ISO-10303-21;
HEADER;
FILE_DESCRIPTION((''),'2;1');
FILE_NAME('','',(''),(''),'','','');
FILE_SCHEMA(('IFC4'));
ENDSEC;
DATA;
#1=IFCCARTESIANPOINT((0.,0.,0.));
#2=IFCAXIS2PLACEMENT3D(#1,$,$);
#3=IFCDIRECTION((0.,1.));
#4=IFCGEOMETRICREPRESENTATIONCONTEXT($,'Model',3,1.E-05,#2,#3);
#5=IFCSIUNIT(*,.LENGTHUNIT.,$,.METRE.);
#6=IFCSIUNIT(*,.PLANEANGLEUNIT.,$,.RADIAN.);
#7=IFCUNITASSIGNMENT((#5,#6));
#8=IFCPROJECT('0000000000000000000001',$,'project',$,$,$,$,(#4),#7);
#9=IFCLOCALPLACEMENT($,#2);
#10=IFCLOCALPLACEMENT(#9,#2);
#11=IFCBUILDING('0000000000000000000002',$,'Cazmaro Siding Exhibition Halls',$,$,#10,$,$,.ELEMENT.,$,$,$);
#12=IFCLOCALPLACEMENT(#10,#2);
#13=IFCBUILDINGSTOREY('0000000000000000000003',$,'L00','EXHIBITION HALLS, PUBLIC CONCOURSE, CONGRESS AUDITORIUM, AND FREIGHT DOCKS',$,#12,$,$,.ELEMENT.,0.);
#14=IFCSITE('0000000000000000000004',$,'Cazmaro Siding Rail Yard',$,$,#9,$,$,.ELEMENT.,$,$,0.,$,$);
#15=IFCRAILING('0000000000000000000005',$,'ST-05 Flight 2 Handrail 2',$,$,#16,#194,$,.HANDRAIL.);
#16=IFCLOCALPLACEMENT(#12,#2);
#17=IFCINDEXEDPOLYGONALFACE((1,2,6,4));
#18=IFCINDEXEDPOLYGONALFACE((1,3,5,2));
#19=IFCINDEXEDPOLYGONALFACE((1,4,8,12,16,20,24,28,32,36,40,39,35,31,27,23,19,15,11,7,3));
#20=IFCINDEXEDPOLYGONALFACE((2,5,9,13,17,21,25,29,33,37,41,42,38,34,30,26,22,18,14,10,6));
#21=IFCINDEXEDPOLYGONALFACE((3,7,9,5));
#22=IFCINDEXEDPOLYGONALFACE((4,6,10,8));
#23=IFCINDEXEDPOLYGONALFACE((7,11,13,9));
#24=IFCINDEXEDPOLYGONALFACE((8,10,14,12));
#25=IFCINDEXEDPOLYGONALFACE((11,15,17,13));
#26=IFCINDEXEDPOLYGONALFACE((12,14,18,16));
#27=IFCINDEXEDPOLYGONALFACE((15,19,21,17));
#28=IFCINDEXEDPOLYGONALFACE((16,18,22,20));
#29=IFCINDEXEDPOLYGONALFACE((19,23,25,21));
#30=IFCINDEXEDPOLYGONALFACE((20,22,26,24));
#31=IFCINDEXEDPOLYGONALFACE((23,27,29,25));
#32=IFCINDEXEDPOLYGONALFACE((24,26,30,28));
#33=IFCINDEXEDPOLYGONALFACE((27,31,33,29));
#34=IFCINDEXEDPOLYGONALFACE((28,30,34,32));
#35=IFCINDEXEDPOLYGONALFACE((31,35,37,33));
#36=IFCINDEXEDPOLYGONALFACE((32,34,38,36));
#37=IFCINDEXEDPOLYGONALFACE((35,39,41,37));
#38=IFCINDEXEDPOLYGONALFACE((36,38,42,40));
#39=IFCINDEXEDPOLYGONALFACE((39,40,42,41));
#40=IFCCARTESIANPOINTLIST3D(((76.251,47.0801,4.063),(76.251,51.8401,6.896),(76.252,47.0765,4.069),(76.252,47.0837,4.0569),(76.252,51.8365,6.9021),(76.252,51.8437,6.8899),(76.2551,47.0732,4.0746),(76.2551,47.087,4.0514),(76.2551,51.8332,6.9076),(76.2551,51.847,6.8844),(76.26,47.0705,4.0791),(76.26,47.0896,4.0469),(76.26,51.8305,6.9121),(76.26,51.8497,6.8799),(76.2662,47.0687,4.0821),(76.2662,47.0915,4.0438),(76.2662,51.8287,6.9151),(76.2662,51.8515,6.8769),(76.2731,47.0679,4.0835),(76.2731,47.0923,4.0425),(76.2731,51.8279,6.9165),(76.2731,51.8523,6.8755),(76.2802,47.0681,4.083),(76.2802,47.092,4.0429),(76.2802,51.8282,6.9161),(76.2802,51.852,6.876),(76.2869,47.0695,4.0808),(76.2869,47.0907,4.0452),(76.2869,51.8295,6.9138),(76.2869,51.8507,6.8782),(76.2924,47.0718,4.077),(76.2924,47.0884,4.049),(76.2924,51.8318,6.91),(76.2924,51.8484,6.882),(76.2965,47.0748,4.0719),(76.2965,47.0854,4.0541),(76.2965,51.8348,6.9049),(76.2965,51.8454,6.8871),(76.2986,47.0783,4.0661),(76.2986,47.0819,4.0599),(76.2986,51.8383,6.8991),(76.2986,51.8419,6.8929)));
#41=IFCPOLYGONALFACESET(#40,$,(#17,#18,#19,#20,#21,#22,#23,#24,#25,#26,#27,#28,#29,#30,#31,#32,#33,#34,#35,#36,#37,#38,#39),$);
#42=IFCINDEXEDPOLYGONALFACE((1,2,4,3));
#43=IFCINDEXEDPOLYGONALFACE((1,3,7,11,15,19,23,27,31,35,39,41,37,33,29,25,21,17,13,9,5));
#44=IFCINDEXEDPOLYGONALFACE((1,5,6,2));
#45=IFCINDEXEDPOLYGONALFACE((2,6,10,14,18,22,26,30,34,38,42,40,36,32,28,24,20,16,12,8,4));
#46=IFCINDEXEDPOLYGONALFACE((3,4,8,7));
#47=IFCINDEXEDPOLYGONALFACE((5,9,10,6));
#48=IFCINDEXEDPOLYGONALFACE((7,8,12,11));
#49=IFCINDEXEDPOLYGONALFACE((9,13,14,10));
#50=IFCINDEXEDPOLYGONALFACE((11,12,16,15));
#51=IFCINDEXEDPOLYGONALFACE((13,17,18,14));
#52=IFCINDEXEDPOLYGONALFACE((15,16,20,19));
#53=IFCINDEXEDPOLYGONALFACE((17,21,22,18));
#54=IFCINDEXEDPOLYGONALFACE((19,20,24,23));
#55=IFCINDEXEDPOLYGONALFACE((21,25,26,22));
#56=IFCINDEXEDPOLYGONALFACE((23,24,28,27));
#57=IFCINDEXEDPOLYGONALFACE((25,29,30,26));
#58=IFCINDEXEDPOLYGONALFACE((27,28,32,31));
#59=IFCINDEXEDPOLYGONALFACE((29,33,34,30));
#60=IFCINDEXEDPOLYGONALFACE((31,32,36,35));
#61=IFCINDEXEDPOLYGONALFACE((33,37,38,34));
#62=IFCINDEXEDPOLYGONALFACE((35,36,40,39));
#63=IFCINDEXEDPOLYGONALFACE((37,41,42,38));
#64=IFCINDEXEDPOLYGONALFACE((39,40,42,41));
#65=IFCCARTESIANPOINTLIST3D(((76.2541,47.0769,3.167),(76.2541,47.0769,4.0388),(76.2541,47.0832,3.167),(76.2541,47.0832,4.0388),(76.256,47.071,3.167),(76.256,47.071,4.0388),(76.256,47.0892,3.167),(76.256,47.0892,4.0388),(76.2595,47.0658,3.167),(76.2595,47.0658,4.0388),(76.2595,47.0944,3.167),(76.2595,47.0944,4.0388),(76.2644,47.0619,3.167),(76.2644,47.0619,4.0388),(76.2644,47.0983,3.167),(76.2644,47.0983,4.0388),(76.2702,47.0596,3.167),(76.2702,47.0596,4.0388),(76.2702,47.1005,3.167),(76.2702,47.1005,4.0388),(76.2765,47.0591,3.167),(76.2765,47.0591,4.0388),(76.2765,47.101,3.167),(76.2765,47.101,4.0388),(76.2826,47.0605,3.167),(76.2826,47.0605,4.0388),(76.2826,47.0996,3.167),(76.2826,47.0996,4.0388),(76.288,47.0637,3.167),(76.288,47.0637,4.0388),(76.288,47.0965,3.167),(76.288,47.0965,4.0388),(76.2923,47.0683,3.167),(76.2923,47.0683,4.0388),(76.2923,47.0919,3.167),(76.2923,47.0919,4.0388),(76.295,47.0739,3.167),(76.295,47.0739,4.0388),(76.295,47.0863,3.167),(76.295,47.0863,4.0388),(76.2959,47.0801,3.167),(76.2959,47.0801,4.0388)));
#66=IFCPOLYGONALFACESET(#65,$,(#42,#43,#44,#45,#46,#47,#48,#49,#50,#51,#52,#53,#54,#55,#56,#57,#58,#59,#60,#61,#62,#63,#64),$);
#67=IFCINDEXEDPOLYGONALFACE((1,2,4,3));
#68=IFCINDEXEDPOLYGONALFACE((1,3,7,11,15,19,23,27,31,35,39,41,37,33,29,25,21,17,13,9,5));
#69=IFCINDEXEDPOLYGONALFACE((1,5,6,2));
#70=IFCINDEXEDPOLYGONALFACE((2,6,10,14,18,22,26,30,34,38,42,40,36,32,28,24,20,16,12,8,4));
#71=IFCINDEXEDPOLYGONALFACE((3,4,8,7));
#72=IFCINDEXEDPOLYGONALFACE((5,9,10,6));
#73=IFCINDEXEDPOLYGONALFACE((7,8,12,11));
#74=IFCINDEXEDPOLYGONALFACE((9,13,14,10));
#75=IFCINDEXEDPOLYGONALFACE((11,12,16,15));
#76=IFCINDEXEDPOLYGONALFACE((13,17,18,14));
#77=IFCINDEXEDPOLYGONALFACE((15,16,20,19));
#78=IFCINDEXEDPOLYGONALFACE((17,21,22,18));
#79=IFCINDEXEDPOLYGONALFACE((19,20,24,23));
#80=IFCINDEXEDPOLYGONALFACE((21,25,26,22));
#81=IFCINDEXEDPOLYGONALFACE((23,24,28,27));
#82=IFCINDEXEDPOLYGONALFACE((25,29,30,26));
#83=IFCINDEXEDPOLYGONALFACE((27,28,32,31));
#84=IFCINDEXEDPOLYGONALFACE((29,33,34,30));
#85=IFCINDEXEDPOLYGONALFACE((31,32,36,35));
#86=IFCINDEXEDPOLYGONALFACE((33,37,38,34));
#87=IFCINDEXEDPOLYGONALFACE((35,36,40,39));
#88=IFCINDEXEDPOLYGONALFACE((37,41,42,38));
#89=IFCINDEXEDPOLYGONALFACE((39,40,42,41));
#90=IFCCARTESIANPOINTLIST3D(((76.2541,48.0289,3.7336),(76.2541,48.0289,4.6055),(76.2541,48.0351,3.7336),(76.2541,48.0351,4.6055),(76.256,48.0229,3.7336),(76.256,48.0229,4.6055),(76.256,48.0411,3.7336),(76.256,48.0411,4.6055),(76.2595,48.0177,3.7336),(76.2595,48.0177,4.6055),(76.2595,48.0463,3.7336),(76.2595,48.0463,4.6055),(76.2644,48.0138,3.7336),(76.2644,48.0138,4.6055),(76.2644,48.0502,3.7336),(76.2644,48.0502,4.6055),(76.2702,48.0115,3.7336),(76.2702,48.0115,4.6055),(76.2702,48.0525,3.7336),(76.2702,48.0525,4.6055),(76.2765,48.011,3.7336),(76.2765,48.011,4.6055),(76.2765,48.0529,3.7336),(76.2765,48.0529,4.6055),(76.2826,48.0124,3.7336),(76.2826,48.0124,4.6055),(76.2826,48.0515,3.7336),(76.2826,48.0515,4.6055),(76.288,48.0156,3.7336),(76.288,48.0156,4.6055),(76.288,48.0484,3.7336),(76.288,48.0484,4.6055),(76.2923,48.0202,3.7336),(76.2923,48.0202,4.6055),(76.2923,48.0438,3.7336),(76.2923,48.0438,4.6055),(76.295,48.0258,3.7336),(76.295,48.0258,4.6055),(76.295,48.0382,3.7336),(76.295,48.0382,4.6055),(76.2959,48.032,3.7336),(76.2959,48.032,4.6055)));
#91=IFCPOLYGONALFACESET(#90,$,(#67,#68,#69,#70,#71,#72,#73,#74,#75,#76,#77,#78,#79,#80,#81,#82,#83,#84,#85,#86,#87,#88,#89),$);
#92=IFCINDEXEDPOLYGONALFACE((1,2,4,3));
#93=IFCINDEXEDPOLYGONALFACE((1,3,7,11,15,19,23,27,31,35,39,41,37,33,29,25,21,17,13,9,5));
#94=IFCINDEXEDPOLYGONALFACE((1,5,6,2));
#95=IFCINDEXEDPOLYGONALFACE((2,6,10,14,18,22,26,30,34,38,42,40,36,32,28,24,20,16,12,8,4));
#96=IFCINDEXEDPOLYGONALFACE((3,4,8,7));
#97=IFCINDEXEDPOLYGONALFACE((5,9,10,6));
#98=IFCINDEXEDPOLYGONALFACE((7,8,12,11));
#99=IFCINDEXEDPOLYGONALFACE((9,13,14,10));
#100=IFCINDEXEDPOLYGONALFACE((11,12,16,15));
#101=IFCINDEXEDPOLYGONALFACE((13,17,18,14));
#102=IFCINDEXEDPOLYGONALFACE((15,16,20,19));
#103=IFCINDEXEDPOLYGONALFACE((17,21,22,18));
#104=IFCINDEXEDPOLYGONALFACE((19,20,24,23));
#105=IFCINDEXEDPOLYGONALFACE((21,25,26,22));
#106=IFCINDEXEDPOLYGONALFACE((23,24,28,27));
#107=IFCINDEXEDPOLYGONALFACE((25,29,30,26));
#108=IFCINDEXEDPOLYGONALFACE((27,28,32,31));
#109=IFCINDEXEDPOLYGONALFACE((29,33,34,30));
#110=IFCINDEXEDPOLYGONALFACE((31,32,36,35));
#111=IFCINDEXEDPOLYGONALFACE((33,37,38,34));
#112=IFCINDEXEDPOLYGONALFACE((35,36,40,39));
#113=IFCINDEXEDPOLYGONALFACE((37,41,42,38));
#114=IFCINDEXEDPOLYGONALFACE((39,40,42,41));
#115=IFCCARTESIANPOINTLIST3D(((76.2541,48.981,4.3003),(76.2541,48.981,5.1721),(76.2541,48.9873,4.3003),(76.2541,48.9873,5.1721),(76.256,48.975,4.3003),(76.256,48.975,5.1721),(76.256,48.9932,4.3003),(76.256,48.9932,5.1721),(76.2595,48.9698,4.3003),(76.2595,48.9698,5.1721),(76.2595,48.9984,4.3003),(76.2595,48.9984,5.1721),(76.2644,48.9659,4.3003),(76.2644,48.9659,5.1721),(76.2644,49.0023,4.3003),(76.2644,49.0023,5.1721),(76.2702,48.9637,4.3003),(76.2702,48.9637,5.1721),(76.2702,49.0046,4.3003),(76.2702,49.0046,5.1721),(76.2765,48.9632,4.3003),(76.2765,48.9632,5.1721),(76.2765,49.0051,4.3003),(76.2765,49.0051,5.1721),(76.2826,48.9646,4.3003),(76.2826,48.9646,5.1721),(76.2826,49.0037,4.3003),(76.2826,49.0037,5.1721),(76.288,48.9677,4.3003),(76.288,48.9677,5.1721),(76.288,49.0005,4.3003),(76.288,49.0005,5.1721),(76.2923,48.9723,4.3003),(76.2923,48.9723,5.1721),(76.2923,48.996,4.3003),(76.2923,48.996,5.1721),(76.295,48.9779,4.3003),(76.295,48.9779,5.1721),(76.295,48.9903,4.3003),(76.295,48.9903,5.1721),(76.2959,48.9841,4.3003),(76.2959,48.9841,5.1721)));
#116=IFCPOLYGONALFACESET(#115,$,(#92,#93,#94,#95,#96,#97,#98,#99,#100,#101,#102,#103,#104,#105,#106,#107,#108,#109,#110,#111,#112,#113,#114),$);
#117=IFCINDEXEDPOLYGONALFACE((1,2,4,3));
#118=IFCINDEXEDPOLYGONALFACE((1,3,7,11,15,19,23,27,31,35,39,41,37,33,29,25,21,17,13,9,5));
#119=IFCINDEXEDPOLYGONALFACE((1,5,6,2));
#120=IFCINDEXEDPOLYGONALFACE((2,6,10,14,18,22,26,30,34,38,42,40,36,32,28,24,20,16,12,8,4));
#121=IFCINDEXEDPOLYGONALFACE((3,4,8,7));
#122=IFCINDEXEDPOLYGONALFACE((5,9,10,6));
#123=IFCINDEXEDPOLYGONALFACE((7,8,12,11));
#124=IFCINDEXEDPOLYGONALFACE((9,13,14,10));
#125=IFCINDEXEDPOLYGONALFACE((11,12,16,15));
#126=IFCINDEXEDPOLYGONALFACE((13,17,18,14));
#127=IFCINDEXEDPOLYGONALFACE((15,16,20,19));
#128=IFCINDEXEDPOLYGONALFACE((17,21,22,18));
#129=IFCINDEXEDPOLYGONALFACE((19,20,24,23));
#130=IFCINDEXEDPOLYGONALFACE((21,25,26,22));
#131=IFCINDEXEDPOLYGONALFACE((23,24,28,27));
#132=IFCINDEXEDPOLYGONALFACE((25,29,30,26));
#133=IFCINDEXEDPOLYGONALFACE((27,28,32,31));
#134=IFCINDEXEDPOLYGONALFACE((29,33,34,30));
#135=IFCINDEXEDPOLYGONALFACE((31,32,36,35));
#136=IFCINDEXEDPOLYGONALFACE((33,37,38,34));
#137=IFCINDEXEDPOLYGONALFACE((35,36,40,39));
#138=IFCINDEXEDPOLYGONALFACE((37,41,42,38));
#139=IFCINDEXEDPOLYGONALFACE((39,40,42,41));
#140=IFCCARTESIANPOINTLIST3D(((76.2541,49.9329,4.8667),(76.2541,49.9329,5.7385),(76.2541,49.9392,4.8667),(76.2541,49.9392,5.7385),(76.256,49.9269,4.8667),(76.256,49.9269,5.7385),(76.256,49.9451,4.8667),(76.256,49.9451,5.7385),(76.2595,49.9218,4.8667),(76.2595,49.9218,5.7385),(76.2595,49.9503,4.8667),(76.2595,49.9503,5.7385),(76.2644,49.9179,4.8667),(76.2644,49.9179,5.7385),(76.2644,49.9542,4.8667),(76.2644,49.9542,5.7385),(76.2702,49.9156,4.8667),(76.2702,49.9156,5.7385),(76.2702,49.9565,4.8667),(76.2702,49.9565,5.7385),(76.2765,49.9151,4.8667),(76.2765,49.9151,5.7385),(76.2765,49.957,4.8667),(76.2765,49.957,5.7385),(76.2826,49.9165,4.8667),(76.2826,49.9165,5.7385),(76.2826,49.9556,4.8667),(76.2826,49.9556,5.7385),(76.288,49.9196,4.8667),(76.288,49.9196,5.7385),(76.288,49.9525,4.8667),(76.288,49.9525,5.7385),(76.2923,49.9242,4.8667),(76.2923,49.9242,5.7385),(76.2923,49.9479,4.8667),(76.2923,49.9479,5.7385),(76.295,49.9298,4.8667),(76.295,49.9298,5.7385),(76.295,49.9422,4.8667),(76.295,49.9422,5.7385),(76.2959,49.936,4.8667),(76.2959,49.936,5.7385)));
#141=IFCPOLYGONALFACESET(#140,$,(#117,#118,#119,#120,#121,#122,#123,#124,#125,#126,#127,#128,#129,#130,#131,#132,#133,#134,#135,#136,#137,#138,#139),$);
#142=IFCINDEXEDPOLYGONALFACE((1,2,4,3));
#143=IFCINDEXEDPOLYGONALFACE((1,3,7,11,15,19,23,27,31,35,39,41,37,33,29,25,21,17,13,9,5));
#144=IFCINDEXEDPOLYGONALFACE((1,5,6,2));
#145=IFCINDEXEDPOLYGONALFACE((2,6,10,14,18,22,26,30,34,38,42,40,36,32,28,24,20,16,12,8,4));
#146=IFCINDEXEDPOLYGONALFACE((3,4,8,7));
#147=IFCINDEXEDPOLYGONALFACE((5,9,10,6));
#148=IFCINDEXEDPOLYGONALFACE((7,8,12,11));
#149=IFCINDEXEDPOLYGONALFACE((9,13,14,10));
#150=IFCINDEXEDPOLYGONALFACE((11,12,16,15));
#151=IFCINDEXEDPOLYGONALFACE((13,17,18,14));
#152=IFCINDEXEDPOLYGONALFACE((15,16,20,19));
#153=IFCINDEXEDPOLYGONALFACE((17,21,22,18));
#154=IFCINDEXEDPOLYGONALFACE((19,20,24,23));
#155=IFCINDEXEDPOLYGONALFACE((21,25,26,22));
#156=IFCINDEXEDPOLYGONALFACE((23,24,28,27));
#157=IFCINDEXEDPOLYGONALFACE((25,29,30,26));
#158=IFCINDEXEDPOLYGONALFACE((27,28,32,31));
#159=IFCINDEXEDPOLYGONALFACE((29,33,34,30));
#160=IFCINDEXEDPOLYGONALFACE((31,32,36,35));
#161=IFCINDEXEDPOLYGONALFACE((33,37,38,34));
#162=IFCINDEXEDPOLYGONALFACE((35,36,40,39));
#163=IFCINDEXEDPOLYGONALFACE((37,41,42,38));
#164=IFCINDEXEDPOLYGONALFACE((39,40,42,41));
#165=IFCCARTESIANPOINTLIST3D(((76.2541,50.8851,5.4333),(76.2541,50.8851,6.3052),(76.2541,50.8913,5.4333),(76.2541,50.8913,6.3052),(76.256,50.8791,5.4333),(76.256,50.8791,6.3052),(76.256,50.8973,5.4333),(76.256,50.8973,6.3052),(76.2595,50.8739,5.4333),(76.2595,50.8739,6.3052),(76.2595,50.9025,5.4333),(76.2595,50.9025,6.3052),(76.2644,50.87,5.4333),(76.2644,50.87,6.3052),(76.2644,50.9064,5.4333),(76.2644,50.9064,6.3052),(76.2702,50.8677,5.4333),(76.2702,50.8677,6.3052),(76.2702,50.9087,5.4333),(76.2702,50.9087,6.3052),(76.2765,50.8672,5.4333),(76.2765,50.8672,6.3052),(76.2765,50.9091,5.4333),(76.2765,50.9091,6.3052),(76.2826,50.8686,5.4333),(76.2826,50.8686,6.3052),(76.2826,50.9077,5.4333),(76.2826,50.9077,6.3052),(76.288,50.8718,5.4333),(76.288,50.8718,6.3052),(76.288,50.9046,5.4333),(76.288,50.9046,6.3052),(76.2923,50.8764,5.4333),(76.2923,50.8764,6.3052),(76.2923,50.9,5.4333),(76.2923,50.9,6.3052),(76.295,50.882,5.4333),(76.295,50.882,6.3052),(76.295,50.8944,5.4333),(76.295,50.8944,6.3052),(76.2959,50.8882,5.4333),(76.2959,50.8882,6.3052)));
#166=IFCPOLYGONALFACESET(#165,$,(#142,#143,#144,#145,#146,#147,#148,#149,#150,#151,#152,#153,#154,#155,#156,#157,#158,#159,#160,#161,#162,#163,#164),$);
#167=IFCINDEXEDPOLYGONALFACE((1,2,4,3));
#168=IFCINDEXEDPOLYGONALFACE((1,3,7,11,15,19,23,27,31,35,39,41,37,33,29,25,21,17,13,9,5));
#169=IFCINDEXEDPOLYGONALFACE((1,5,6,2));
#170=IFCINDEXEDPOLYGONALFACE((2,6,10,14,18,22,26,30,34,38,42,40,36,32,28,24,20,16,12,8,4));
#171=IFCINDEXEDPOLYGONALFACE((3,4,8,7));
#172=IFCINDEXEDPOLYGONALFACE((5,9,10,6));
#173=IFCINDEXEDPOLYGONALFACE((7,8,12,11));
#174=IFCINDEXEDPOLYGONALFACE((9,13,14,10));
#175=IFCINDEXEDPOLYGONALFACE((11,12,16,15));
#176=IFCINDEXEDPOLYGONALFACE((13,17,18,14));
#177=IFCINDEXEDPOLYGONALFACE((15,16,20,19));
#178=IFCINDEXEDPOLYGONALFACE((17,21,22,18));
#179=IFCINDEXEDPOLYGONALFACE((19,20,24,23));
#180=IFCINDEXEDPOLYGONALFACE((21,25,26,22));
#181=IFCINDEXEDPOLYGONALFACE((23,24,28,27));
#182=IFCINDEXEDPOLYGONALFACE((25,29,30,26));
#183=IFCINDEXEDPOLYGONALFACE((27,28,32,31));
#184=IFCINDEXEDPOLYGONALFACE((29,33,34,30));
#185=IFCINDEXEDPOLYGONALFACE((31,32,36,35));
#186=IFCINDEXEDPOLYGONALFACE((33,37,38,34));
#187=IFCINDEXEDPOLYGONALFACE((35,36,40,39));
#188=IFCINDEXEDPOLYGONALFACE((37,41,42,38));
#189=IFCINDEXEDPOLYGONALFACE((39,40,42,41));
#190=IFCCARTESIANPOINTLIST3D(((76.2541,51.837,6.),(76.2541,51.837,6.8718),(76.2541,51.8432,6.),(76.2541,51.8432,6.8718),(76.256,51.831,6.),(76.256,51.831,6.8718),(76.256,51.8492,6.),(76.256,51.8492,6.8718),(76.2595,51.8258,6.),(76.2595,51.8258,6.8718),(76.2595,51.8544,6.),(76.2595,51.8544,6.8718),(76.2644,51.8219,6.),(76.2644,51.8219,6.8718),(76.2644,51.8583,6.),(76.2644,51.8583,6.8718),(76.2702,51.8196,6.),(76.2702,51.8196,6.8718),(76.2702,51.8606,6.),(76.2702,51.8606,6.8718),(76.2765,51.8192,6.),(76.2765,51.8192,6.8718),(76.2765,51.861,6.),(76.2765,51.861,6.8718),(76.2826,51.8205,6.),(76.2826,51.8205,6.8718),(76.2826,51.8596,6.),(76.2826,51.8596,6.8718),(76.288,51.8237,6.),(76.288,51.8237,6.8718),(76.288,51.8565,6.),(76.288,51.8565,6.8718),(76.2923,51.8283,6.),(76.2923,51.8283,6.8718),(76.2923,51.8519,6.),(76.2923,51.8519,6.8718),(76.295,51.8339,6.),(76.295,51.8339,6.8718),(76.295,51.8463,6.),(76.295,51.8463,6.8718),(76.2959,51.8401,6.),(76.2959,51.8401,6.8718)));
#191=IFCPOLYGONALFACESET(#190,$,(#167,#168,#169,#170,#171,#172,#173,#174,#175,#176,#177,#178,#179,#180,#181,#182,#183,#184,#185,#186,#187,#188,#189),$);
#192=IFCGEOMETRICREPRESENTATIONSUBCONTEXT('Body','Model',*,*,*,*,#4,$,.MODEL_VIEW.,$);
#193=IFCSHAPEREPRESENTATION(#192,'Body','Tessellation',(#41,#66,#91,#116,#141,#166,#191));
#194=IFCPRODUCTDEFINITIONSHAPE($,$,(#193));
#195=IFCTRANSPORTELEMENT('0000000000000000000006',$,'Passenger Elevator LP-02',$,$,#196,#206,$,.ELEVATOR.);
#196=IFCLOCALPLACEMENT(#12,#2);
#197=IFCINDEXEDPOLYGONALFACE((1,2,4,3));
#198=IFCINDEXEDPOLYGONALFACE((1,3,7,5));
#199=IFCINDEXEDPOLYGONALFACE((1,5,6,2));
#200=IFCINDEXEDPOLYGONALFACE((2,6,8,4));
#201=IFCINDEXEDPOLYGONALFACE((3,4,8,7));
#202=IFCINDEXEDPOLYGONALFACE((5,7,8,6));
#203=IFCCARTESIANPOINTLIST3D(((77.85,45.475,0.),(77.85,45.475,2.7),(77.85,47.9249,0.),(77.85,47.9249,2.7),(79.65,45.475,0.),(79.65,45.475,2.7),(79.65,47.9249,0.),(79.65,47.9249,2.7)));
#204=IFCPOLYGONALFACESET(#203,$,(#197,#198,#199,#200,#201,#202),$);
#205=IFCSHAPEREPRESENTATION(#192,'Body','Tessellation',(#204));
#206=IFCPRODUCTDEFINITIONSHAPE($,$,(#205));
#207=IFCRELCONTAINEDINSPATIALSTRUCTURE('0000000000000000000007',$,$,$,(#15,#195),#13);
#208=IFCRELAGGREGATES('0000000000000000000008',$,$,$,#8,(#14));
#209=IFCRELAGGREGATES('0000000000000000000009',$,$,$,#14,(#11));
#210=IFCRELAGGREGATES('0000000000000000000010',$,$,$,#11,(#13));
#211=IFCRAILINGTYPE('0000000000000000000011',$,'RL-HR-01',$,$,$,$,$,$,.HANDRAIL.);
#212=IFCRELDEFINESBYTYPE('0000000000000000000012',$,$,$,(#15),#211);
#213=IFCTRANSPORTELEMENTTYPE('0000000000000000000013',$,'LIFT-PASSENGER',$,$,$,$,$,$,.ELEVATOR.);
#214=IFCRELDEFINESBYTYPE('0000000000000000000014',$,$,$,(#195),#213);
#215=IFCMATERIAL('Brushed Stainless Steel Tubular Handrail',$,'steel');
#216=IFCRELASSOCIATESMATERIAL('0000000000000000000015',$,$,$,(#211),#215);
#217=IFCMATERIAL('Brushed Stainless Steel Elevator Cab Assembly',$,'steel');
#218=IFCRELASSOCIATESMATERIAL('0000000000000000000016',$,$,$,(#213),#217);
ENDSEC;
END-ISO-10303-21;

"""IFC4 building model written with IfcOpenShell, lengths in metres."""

from ifc_helpers import new_model, si_unit, direction, frame, origin, origin_2d, place, context, subcontext, project, spatial, rectangle, circle, extrude, material, type_object, element, save


model = new_model("IFC4")

# Units and contexts
model_context = context("Model", 3, precision=1e-05, world=origin(), true_north=direction((0.0, 1.0)))
body_context = subcontext(model_context, "Body", "Model", "MODEL_VIEW")
ifc_project = project(units=[si_unit("LENGTHUNIT", "METRE"), si_unit("PLANEANGLEUNIT", "RADIAN")], contexts=[model_context])

# Site, building, storey
site_placement = place(None, origin())
site = spatial("IfcSite", under=ifc_project, at=site_placement, Name="Cazmaro Siding Rail Yard", CompositionType="ELEMENT", RefElevation=0.0)
building_placement = place(site_placement, origin())
building = spatial("IfcBuilding", under=site, at=building_placement, Name="Cazmaro Siding Exhibition Halls", CompositionType="ELEMENT")
storey_placement = place(building_placement, origin())
storey = spatial("IfcBuildingStorey", under=building, at=storey_placement, Name="L00", Description="EXHIBITION HALLS, PUBLIC CONCOURSE, CONGRESS AUDITORIUM, AND FREIGHT DOCKS", CompositionType="ELEMENT", Elevation=0.0)

# Railing
ifc_material_1 = material(Name="Brushed Stainless Steel Tubular Handrail", Category="steel")
railing_type_1 = type_object("IfcRailingType", Name="RL-HR-01", PredefinedType="HANDRAIL", material=ifc_material_1)
railing_1_placement = place(storey_placement, frame((76.2749, 47.0801, 3.167)))
element("IfcRailing", 1, at=railing_1_placement, inside=storey, type_object=railing_type_1, Name="ST-05 Flight 2 Handrail 2", PredefinedType="HANDRAIL", context=body_context, shape_type="SweptSolid", body=[
    extrude(circle(Radius=0.0239, at=origin_2d()), frame((0.0, 0.0, 0.896), z_axis=(0.0, 0.859319, 0.51144), x_axis=(-1.0, 0.0, 0.0)), (0.0, 0.0, 1.0), 5.5393),
    extrude(circle(Radius=0.021, at=origin_2d()), origin(), (0.0, 0.0, 1.0), 0.8718),
    extrude(circle(Radius=0.021, at=origin_2d()), frame((0.0, 0.9519, 0.5667)), (0.0, 0.0, 1.0), 0.8718),
    extrude(circle(Radius=0.021, at=origin_2d()), frame((0.0, 1.9041, 1.1333)), (0.0, 0.0, 1.0), 0.8718),
    extrude(circle(Radius=0.021, at=origin_2d()), frame((0.0, 2.856, 1.6997)), (0.0, 0.0, 1.0), 0.8718),
    extrude(circle(Radius=0.021, at=origin_2d()), frame((0.0, 3.8081, 2.2664)), (0.0, 0.0, 1.0), 0.8718),
    extrude(circle(Radius=0.021, at=origin_2d()), frame((0.0, 4.76, 2.833)), (0.0, 0.0, 1.0), 0.8718),
])

# Transport element
ifc_material_2 = material(Name="Brushed Stainless Steel Elevator Cab Assembly", Category="steel")
transport_element_type = type_object("IfcTransportElementType", Name="LIFT-PASSENGER", PredefinedType="ELEVATOR", material=ifc_material_2)
transport_element_placement = place(storey_placement, frame((78.75, 46.7, 0.0), z_axis=(0.0, 0.0, 1.0), x_axis=(1.0, 0.0, 0.0)))
element("IfcTransportElement", 2, at=transport_element_placement, inside=storey, type_object=transport_element_type, Name="Passenger Elevator LP-02", PredefinedType="ELEVATOR", context=body_context, shape_type="SweptSolid", body=[
    extrude(rectangle(XDim=1.8, YDim=2.45, at=origin_2d()), origin(), (0.0, 0.0, 1.0), 2.7),
])

save(model, "model.ifc")
